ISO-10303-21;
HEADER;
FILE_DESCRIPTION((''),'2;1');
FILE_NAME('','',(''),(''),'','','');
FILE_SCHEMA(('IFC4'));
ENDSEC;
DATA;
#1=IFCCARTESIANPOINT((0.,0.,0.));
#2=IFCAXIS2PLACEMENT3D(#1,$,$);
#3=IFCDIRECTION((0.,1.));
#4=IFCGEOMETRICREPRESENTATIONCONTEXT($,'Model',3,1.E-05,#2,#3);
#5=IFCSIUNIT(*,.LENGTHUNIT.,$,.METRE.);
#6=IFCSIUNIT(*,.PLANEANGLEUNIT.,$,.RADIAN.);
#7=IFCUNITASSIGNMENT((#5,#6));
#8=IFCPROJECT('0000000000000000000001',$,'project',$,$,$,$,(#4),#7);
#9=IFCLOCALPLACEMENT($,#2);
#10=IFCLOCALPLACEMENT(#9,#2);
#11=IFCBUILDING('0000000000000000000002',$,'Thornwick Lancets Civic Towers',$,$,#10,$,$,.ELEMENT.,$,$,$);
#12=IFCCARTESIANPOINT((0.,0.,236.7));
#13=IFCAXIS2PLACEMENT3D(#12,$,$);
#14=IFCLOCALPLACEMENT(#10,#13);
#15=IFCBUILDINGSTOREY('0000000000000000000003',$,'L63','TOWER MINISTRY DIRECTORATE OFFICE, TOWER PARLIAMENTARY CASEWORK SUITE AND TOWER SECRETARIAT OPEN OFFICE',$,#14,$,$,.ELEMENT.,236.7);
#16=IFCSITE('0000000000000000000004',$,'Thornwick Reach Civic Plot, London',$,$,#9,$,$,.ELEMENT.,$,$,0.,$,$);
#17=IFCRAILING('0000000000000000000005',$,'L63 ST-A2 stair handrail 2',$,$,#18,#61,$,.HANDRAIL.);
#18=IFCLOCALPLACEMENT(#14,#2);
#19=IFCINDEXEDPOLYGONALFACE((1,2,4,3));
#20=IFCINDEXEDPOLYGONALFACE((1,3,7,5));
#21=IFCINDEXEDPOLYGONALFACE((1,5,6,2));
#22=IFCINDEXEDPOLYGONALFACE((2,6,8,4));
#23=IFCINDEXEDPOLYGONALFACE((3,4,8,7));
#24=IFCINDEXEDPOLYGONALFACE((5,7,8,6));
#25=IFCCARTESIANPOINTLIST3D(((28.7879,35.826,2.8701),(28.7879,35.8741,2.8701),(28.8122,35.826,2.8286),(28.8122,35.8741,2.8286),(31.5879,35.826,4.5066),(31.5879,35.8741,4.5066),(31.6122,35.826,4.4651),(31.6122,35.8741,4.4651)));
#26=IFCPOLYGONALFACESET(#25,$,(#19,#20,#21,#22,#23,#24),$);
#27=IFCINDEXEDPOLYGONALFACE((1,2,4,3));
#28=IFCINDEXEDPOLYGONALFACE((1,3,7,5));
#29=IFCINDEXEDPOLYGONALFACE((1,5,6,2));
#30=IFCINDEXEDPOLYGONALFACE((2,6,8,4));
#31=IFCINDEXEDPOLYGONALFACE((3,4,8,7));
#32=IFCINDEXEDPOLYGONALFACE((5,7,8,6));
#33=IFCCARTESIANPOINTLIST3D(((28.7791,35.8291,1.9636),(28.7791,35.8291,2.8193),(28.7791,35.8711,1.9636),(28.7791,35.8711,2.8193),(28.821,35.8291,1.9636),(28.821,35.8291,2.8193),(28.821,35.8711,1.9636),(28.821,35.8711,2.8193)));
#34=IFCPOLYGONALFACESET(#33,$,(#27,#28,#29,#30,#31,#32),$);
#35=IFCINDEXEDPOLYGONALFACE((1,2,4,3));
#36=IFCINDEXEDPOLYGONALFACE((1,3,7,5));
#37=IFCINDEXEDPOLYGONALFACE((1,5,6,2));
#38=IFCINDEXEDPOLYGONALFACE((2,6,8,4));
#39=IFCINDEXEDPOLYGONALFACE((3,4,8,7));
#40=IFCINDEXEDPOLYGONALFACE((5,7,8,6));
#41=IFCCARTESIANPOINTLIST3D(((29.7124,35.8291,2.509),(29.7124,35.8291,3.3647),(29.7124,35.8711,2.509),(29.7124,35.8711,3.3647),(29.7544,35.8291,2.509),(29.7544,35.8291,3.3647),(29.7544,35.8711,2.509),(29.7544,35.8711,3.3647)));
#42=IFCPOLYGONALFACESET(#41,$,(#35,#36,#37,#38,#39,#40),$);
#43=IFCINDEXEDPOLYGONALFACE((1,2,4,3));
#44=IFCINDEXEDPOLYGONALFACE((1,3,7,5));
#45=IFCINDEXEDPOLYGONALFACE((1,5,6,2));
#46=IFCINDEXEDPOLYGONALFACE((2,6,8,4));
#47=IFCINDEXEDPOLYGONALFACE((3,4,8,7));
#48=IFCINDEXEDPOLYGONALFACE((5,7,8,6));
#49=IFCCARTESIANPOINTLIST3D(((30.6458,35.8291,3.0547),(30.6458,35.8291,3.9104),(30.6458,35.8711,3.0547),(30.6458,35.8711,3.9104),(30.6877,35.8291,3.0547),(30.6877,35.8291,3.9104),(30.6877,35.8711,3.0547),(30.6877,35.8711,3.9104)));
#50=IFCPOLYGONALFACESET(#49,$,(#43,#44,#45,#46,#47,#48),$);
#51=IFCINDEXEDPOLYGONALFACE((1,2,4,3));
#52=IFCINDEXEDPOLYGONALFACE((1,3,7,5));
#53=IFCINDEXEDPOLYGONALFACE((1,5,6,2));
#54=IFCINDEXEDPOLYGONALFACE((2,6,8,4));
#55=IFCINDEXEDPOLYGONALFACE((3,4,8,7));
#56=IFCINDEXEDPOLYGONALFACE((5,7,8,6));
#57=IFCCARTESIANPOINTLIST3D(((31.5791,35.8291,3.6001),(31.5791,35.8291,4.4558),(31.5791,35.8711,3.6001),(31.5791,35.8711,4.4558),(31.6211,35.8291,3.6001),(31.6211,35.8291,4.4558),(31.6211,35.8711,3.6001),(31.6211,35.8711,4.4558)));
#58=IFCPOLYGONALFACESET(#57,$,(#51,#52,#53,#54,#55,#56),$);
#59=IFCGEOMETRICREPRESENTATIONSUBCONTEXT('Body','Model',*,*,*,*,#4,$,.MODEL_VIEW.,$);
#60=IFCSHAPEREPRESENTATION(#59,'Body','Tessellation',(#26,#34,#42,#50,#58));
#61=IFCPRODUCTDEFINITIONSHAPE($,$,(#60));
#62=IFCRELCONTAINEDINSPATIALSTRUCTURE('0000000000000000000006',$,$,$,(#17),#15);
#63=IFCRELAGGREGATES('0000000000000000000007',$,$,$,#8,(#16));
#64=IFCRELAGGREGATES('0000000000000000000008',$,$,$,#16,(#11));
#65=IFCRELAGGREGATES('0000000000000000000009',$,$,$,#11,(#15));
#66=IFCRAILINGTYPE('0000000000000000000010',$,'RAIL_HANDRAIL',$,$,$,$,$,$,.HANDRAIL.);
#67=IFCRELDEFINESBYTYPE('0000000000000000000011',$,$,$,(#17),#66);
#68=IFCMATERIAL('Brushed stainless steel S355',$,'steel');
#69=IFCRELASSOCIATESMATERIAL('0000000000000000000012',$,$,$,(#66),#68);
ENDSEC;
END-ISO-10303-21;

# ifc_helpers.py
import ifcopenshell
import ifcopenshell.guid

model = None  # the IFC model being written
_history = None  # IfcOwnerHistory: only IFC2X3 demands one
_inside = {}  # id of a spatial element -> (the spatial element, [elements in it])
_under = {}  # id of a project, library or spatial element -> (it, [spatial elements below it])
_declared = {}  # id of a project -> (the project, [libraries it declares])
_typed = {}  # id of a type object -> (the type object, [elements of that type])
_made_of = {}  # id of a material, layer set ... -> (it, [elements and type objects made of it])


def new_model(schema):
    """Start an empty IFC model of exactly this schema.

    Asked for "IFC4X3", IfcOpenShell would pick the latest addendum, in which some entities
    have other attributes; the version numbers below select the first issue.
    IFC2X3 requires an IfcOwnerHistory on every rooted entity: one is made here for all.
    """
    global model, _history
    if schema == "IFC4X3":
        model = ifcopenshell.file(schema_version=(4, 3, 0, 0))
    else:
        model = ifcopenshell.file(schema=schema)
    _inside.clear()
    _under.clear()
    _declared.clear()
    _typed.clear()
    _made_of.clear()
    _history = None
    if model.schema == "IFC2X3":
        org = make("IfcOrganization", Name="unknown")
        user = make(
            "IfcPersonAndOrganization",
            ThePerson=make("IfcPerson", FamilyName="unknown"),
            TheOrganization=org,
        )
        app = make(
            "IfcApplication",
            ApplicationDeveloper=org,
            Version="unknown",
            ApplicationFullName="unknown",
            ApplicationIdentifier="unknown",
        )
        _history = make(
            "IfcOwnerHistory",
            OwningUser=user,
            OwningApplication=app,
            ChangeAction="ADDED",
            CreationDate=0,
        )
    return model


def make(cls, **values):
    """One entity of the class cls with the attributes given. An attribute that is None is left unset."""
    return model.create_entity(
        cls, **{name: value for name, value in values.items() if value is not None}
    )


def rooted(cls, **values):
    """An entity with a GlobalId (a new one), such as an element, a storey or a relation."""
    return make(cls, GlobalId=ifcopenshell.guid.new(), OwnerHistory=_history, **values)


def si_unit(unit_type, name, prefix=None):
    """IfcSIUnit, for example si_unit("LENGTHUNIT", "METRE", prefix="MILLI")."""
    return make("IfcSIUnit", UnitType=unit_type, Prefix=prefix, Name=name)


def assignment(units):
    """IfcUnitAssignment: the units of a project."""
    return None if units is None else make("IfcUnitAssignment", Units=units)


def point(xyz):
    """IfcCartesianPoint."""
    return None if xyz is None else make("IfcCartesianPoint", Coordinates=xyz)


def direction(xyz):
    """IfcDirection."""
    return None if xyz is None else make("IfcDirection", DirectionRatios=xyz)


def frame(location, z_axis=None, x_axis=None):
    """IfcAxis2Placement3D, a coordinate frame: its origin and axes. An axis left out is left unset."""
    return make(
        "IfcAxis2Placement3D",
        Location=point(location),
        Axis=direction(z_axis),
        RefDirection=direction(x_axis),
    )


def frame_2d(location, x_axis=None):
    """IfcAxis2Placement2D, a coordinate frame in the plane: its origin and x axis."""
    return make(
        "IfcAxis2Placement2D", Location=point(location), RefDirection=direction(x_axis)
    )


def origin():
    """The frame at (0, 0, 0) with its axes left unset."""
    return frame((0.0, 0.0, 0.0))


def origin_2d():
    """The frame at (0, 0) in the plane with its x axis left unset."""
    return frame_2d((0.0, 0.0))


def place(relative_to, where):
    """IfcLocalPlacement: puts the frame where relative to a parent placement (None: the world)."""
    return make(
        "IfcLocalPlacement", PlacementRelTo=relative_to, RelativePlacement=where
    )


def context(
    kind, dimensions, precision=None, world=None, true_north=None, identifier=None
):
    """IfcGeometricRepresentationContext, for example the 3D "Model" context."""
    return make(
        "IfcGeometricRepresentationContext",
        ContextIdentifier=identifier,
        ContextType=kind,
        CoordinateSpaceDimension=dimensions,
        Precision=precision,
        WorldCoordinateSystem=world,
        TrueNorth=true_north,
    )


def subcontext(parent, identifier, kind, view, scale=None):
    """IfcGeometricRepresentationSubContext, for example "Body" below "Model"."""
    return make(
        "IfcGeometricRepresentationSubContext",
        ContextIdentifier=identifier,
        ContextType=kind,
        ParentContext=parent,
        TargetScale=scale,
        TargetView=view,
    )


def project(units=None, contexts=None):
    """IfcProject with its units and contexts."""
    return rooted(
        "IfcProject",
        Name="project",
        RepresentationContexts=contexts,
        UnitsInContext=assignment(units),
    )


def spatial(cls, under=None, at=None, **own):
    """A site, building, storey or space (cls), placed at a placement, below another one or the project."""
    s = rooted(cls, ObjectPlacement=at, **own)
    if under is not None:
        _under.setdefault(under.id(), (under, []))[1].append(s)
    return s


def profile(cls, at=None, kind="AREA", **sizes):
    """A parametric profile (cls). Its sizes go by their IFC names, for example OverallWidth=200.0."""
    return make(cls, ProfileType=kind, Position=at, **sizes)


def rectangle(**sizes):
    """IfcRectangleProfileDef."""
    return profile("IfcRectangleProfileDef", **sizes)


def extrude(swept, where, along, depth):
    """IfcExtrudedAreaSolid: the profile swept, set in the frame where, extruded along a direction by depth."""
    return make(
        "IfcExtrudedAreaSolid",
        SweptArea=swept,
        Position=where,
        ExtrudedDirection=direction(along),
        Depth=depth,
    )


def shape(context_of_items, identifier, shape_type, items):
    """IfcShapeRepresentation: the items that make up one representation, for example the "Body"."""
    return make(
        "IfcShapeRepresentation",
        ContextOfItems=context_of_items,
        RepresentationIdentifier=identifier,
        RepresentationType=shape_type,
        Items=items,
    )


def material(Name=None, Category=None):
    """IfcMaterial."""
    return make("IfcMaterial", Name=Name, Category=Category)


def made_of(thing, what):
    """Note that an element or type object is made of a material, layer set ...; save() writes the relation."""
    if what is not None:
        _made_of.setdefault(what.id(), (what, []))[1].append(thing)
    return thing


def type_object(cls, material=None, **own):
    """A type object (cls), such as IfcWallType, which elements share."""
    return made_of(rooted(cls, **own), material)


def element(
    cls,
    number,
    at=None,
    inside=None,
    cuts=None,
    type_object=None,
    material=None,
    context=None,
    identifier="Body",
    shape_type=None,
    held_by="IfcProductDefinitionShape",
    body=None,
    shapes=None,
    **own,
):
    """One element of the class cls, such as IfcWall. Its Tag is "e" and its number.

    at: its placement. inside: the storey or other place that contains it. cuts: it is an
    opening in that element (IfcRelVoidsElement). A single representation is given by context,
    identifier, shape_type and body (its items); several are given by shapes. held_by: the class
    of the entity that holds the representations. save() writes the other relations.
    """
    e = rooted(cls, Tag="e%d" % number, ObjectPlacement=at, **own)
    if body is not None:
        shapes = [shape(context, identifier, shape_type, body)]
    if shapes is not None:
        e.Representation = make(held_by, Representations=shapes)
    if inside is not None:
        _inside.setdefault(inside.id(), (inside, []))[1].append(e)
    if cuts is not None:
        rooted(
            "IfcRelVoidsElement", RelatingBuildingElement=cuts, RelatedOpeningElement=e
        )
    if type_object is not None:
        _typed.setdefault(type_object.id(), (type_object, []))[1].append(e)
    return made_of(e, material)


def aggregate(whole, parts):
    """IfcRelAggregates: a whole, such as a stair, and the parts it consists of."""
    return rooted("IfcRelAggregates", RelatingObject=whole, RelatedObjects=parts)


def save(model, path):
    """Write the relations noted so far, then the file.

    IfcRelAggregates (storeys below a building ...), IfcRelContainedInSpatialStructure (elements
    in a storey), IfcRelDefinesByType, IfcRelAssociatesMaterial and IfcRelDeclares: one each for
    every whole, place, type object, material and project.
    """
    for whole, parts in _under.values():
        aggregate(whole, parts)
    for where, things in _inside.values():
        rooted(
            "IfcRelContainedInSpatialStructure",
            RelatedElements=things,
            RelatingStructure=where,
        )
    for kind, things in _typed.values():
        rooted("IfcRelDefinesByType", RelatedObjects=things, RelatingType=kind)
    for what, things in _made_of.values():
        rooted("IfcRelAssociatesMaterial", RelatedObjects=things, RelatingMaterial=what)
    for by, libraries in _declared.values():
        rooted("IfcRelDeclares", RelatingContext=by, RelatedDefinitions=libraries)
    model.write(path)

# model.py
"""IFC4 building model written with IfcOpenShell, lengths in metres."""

from ifc_helpers import new_model, si_unit, direction, frame, origin, origin_2d, place, context, subcontext, project, spatial, rectangle, extrude, material, type_object, element, save


model = new_model("IFC4")

# Units and contexts
model_context = context("Model", 3, precision=1e-05, world=origin(), true_north=direction((0.0, 1.0)))
body_context = subcontext(model_context, "Body", "Model", "MODEL_VIEW")
ifc_project = project(units=[si_unit("LENGTHUNIT", "METRE"), si_unit("PLANEANGLEUNIT", "RADIAN")], contexts=[model_context])

# Site, building, storey
site_placement = place(None, origin())
site = spatial("IfcSite", under=ifc_project, at=site_placement, Name="Thornwick Reach Civic Plot, London", CompositionType="ELEMENT", RefElevation=0.0)
building_placement = place(site_placement, origin())
building = spatial("IfcBuilding", under=site, at=building_placement, Name="Thornwick Lancets Civic Towers", CompositionType="ELEMENT")
storey_placement = place(building_placement, frame((0.0, 0.0, 236.7)))
storey = spatial("IfcBuildingStorey", under=building, at=storey_placement, Name="L63", Description="TOWER MINISTRY DIRECTORATE OFFICE, TOWER PARLIAMENTARY CASEWORK SUITE AND TOWER SECRETARIAT OPEN OFFICE", CompositionType="ELEMENT", Elevation=236.7)

# Railing
ifc_material_1 = material(Name="Brushed stainless steel S355", Category="steel")
railing_type = type_object("IfcRailingType", Name="RAIL_HANDRAIL", PredefinedType="HANDRAIL", material=ifc_material_1)
railing_placement = place(storey_placement, frame((28.8, 35.8501, 1.9636)))
element("IfcRailing", 1, at=railing_placement, inside=storey, type_object=railing_type, Name="L63 ST-A2 stair handrail 2", PredefinedType="HANDRAIL", context=body_context, shape_type="SweptSolid", body=[
    extrude(rectangle(XDim=0.0481, YDim=0.0481, at=origin_2d()), frame((0.0, 0.0, 0.8857), z_axis=(0.863361, 0.0, 0.504587), x_axis=(0.0, 1.0, 0.0)), (0.0, 0.0, 1.0), 3.2432),
    extrude(rectangle(XDim=0.042, YDim=0.042, at=origin_2d()), origin(), (0.0, 0.0, 1.0), 0.8557),
    extrude(rectangle(XDim=0.042, YDim=0.042, at=origin_2d()), frame((0.9333, 0.0, 0.5454)), (0.0, 0.0, 1.0), 0.8557),
    extrude(rectangle(XDim=0.042, YDim=0.042, at=origin_2d()), frame((1.8667, 0.0, 1.0911)), (0.0, 0.0, 1.0), 0.8557),
    extrude(rectangle(XDim=0.042, YDim=0.042, at=origin_2d()), frame((2.8, 0.0, 1.6365)), (0.0, 0.0, 1.0), 0.8557),
])

save(model, "model.ifc")
